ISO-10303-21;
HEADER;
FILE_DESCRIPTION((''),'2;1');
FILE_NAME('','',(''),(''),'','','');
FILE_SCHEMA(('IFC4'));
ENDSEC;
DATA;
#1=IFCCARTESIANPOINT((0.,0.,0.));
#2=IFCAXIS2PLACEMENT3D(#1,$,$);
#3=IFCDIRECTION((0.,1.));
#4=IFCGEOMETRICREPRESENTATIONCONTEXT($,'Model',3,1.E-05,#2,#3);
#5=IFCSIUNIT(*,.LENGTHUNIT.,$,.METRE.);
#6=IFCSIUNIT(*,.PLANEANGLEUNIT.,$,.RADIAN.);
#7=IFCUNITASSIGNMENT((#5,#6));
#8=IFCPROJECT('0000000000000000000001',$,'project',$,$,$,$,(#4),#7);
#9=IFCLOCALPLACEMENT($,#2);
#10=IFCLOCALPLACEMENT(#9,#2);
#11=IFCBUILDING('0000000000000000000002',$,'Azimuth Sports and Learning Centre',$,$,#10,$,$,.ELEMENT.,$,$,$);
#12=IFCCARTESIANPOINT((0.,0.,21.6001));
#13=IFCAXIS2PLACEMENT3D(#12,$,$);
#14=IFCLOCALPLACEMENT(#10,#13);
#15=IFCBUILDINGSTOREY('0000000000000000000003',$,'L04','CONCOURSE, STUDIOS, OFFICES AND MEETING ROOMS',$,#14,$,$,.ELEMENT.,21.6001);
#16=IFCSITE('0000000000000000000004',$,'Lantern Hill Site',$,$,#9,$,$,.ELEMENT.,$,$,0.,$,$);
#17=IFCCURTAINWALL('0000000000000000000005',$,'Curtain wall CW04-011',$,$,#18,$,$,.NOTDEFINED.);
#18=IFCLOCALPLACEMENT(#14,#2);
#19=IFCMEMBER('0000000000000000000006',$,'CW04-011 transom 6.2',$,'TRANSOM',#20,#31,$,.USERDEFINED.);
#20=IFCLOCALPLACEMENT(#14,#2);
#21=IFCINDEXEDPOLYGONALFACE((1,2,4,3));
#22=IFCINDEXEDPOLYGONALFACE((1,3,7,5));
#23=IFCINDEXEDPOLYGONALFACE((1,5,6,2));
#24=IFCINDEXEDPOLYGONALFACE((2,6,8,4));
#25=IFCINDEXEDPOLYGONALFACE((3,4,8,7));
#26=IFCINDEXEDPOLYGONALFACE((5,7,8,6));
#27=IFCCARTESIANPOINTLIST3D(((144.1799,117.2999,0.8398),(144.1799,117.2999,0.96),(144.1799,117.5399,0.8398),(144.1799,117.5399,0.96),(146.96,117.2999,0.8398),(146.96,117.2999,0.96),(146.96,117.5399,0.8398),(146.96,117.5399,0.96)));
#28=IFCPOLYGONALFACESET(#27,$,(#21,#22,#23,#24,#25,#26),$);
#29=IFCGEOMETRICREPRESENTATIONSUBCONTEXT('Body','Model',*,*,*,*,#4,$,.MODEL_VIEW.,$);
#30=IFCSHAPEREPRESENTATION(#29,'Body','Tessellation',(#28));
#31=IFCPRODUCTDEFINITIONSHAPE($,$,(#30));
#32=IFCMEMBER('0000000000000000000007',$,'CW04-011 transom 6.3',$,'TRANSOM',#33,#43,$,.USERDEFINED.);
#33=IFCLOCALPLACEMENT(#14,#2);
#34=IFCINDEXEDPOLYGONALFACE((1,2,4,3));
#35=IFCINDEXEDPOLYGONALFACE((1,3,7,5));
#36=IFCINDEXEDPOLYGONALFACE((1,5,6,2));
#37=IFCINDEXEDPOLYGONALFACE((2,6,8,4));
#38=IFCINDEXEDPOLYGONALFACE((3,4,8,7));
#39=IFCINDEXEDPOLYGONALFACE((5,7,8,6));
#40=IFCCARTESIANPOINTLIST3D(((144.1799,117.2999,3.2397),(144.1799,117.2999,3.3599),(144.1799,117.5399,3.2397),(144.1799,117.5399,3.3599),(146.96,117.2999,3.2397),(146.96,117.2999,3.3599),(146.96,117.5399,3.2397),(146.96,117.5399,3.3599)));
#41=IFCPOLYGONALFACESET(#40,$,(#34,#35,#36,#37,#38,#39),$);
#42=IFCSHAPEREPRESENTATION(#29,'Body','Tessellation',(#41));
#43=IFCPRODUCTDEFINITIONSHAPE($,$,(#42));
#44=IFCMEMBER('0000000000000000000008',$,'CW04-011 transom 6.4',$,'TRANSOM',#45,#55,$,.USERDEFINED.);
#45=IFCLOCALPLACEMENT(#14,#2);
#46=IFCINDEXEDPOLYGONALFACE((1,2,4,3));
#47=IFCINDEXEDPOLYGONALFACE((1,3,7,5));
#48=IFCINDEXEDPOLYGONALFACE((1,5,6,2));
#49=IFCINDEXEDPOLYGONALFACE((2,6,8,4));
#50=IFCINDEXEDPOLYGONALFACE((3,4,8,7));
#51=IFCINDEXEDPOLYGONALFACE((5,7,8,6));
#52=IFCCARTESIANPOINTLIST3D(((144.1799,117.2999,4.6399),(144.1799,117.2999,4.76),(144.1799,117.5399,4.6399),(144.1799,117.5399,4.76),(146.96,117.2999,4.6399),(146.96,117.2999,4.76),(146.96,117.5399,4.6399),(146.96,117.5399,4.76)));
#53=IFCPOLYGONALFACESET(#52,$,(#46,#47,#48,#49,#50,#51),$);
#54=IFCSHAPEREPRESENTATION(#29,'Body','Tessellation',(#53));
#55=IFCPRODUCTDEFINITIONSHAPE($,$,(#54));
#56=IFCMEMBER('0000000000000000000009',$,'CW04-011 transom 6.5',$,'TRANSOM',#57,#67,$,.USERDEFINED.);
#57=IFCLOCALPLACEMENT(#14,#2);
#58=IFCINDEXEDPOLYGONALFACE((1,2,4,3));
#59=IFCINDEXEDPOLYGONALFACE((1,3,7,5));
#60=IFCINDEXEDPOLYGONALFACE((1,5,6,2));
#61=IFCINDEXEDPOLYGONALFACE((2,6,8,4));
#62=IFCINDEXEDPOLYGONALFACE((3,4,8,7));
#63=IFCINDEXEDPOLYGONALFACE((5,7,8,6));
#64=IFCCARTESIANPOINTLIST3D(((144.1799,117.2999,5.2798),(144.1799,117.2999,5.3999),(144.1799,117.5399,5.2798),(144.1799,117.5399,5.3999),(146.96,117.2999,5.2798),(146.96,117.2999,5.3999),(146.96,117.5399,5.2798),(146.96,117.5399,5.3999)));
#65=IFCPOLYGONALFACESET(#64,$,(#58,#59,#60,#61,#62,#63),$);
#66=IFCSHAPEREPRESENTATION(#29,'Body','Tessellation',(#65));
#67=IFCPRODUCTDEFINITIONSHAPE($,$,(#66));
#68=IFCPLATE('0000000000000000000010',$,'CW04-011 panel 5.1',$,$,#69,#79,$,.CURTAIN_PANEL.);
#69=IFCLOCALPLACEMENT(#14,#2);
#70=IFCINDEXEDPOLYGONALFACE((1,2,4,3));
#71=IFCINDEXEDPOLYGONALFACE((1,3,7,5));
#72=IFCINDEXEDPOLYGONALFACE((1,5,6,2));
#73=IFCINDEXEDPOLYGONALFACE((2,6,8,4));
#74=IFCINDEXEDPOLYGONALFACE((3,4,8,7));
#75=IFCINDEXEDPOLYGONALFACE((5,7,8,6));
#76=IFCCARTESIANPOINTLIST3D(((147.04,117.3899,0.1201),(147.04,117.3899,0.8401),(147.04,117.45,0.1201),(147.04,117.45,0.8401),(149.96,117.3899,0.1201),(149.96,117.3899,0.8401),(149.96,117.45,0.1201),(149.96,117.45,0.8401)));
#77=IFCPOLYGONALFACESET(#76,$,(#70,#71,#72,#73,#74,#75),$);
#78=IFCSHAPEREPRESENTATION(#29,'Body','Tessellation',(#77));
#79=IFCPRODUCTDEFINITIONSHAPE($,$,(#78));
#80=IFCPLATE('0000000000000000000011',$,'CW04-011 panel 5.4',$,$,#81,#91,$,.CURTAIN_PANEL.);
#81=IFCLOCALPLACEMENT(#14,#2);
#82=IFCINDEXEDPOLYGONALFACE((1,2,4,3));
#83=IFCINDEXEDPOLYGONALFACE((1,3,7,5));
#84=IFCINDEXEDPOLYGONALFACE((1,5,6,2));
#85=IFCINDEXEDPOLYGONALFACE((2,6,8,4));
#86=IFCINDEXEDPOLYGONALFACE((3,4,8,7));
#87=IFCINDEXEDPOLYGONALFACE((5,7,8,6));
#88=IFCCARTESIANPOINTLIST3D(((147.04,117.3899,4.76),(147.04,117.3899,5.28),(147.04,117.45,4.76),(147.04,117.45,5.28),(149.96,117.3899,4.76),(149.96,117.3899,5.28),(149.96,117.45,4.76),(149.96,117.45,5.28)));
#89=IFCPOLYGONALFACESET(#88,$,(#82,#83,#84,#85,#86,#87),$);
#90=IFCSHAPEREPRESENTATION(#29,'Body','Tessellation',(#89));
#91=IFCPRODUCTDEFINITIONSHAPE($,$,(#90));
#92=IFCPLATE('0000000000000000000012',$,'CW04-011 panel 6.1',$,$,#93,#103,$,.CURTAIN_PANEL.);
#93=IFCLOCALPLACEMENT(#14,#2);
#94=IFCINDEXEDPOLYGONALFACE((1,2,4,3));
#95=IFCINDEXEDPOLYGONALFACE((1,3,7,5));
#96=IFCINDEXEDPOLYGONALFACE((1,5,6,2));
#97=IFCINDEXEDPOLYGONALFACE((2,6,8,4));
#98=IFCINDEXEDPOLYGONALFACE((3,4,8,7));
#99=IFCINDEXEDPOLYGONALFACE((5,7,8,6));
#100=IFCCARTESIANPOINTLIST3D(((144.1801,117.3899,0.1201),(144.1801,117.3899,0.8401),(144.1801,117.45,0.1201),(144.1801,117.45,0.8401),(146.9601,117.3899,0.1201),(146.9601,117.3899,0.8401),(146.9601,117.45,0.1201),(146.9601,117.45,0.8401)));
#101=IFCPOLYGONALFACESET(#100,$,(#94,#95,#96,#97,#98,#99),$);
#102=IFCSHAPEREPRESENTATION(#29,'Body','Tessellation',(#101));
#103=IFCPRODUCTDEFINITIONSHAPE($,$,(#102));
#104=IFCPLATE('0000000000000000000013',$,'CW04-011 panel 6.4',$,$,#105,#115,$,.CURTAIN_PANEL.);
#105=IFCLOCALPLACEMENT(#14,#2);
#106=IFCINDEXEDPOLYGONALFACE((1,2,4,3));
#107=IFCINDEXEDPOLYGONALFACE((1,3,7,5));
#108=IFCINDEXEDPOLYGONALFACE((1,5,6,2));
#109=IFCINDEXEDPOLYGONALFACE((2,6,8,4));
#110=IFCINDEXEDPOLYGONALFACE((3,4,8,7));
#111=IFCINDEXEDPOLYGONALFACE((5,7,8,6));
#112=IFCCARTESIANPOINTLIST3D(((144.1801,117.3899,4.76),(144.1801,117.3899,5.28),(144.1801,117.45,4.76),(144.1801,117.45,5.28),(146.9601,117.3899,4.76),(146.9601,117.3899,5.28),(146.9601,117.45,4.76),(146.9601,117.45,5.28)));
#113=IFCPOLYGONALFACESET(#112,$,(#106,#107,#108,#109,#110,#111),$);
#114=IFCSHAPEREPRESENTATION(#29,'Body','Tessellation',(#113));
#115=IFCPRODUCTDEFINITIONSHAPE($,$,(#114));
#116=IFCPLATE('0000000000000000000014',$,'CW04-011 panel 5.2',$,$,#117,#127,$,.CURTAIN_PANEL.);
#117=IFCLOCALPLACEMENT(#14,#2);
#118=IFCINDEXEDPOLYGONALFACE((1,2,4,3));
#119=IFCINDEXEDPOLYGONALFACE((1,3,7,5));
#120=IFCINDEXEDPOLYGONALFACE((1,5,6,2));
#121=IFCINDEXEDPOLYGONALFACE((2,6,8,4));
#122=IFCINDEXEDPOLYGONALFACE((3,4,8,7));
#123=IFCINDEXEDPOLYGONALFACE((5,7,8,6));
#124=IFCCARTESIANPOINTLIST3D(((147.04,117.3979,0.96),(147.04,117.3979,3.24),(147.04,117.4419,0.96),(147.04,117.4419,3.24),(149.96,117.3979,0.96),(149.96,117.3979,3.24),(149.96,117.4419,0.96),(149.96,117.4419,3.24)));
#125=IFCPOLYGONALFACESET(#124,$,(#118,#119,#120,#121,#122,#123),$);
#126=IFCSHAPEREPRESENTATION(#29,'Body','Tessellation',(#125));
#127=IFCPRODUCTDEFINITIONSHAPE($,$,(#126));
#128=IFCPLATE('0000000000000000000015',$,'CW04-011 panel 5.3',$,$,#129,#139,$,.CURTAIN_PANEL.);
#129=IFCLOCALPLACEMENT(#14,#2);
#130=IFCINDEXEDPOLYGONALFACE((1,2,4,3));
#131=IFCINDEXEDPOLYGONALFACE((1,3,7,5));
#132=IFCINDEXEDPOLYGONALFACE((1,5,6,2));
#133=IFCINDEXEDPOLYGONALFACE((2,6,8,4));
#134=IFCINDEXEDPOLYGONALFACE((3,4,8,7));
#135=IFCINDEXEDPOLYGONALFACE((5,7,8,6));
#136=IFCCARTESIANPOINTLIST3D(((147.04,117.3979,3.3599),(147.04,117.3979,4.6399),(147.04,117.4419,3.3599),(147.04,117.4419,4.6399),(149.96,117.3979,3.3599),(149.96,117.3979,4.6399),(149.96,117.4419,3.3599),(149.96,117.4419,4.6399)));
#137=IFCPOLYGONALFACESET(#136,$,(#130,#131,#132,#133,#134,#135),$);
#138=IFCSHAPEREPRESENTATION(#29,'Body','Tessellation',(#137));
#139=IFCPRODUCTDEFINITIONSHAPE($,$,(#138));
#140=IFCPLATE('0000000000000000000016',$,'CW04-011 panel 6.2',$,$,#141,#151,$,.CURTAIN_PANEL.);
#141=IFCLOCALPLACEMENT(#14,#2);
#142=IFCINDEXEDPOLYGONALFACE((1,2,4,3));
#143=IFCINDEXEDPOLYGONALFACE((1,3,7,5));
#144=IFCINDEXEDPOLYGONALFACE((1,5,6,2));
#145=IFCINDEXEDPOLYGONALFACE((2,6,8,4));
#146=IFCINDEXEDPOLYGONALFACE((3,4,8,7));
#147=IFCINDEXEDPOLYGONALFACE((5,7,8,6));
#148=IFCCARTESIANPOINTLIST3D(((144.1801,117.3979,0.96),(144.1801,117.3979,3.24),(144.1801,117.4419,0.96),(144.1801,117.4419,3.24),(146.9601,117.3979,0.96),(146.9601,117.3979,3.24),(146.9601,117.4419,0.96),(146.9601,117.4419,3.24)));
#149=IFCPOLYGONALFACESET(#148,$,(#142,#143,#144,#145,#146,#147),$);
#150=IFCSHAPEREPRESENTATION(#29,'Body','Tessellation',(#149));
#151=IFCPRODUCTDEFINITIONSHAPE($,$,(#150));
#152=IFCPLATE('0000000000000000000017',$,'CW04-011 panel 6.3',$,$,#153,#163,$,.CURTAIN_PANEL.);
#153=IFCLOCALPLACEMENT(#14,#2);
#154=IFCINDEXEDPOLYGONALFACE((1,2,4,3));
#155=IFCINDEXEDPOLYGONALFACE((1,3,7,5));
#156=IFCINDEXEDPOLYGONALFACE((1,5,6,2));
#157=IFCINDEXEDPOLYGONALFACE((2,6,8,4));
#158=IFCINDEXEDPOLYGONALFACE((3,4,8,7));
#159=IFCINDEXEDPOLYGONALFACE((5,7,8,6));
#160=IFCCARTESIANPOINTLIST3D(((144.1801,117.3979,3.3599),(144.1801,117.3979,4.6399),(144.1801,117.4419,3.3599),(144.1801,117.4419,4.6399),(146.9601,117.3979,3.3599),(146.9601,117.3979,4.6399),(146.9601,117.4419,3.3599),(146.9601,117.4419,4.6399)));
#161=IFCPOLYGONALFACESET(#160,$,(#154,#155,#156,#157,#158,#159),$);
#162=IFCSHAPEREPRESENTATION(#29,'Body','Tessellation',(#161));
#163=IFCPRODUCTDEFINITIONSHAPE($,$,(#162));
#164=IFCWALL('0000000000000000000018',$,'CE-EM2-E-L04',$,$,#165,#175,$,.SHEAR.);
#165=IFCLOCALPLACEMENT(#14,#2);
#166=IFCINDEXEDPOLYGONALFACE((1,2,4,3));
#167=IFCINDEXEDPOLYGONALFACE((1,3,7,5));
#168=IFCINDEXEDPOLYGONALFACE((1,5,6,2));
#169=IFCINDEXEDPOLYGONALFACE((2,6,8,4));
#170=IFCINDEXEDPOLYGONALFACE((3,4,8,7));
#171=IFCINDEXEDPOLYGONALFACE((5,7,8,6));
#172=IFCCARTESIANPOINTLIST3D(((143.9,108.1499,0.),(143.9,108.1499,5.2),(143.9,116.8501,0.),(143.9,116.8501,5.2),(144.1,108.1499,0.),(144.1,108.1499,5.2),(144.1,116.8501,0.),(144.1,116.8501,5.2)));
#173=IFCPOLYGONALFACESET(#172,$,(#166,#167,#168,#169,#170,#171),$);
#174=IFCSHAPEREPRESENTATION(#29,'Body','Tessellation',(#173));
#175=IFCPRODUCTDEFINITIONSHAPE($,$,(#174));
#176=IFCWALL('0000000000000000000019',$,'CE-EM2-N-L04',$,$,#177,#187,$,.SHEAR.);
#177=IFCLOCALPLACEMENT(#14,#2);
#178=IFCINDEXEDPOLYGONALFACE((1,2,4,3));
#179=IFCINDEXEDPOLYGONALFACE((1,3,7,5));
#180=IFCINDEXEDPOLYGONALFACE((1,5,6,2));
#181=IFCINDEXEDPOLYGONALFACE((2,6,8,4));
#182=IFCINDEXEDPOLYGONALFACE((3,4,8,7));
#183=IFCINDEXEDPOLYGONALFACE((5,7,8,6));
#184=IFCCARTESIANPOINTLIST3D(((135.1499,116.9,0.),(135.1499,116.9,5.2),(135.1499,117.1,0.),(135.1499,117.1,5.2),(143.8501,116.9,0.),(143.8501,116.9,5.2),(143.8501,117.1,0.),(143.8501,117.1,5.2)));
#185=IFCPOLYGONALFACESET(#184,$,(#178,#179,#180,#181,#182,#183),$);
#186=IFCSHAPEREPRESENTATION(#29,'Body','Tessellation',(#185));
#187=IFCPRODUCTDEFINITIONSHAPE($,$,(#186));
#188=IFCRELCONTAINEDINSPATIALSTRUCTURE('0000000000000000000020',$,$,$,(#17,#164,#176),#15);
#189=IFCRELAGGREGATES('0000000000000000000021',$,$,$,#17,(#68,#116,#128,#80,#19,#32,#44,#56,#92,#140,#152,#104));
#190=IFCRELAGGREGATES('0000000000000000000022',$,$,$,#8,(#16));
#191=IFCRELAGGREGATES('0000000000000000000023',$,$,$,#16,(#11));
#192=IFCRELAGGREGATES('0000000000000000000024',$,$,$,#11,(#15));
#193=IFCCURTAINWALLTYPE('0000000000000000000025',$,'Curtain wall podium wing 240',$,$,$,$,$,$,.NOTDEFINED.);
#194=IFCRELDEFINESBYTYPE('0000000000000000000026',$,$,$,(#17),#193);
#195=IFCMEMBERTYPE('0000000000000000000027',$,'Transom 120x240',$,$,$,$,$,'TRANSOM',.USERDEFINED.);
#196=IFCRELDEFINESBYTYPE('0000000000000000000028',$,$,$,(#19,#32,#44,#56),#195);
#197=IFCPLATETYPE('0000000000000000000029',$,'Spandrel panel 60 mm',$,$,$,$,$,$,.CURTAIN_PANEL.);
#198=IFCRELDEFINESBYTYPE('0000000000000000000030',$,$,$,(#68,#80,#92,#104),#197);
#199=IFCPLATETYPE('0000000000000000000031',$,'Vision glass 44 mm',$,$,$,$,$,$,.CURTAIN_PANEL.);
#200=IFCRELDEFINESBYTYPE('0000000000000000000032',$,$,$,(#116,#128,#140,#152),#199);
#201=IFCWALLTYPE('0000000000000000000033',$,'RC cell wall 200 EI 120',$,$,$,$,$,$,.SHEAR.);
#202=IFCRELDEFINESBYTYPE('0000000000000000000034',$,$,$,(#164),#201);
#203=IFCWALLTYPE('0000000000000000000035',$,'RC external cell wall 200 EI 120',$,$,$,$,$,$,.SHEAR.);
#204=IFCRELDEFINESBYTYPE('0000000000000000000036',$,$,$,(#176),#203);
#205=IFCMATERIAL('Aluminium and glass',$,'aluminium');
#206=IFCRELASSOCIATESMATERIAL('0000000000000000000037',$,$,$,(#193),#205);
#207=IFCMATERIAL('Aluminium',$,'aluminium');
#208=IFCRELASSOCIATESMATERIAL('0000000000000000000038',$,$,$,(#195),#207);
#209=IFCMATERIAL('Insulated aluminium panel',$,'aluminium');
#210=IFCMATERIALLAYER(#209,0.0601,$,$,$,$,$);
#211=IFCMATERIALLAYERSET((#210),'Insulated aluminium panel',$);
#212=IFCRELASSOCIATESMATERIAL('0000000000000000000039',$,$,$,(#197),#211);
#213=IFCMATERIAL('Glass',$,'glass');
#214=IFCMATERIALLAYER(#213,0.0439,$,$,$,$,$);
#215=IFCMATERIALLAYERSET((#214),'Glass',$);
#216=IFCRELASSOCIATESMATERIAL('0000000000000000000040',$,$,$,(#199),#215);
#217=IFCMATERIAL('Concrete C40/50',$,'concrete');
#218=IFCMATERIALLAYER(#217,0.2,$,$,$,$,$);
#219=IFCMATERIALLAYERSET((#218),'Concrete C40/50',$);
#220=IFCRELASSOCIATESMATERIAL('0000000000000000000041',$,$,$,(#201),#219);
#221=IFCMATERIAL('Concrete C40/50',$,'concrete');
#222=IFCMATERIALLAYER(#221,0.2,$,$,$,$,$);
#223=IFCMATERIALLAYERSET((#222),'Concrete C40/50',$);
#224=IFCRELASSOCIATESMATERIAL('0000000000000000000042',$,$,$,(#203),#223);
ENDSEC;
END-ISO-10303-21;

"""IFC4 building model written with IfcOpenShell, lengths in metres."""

from ifc_helpers import new_model, si_unit, direction, frame, frame_2d, origin, origin_2d, place, context, subcontext, project, spatial, rectangle, extrude, material, layer, layer_set, material_profile, profile_set, type_object, element, aggregate, save


model = new_model("IFC4")

# Units and contexts
model_context = context("Model", 3, precision=1e-05, world=origin(), true_north=direction((0.0, 1.0)))
body_context = subcontext(model_context, "Body", "Model", "MODEL_VIEW")
ifc_project = project(units=[si_unit("LENGTHUNIT", "METRE"), si_unit("PLANEANGLEUNIT", "RADIAN")], contexts=[model_context])

# Site, building, storey
site_placement = place(None, origin())
site = spatial("IfcSite", under=ifc_project, at=site_placement, Name="Lantern Hill Site", CompositionType="ELEMENT", RefElevation=0.0)
building_placement = place(site_placement, origin())
building = spatial("IfcBuilding", under=site, at=building_placement, Name="Azimuth Sports and Learning Centre", CompositionType="ELEMENT")
storey_placement = place(building_placement, frame((0.0, 0.0, 21.6001)))
storey = spatial("IfcBuildingStorey", under=building, at=storey_placement, Name="L04", Description="CONCOURSE, STUDIOS, OFFICES AND MEETING ROOMS", CompositionType="ELEMENT", Elevation=21.6001)

# Curtain wall, members, plates
ifc_material_1 = material(Name="Aluminium and glass", Category="aluminium")
curtain_wall_type = type_object("IfcCurtainWallType", Name="Curtain wall podium wing 240", PredefinedType="NOTDEFINED", material=ifc_material_1)
curtain_wall_placement = place(storey_placement, origin())
curtain_wall = element("IfcCurtainWall", 1, at=curtain_wall_placement, inside=storey, type_object=curtain_wall_type, Name="Curtain wall CW04-011", PredefinedType="NOTDEFINED")
ifc_material_2 = material(Name="Aluminium", Category="aluminium")
ifc_material_profile_1 = material_profile(ifc_material_2, rectangle(XDim=0.24, YDim=0.1201, at=origin_2d()), Name="Transom 120x240")
ifc_profile_set_1 = profile_set([ifc_material_profile_1], Name="Aluminium")
member_type_1 = type_object("IfcMemberType", Name="Transom 120x240", ElementType="TRANSOM", PredefinedType="USERDEFINED", material=ifc_profile_set_1)
member_1_placement = place(storey_placement, frame((146.96, 117.4199, 0.8999), z_axis=(-1.0, 0.0, 0.0), x_axis=(0.0, -1.0, 0.0)))
member_1 = element("IfcMember", 2, at=member_1_placement, type_object=member_type_1, Name="CW04-011 transom 6.2", ObjectType="TRANSOM", PredefinedType="USERDEFINED", context=body_context, shape_type="SweptSolid", body=[
    extrude(rectangle(XDim=0.24, YDim=0.1201, at=origin_2d()), origin(), (0.0, 0.0, 1.0), 2.78),
])
member_2_placement = place(storey_placement, frame((146.96, 117.4199, 3.2998), z_axis=(-1.0, 0.0, 0.0), x_axis=(0.0, -1.0, 0.0)))
member_2 = element("IfcMember", 3, at=member_2_placement, type_object=member_type_1, Name="CW04-011 transom 6.3", ObjectType="TRANSOM", PredefinedType="USERDEFINED", context=body_context, shape_type="SweptSolid", body=[
    extrude(rectangle(XDim=0.24, YDim=0.1201, at=origin_2d()), origin(), (0.0, 0.0, 1.0), 2.78),
])
member_3_placement = place(storey_placement, frame((146.96, 117.4199, 4.7), z_axis=(-1.0, 0.0, 0.0), x_axis=(0.0, -1.0, 0.0)))
member_3 = element("IfcMember", 4, at=member_3_placement, type_object=member_type_1, Name="CW04-011 transom 6.4", ObjectType="TRANSOM", PredefinedType="USERDEFINED", context=body_context, shape_type="SweptSolid", body=[
    extrude(rectangle(XDim=0.24, YDim=0.1201, at=origin_2d()), origin(), (0.0, 0.0, 1.0), 2.78),
])
member_4_placement = place(storey_placement, frame((146.96, 117.4199, 5.3398), z_axis=(-1.0, 0.0, 0.0), x_axis=(0.0, -1.0, 0.0)))
member_4 = element("IfcMember", 5, at=member_4_placement, type_object=member_type_1, Name="CW04-011 transom 6.5", ObjectType="TRANSOM", PredefinedType="USERDEFINED", context=body_context, shape_type="SweptSolid", body=[
    extrude(rectangle(XDim=0.24, YDim=0.1201, at=origin_2d()), origin(), (0.0, 0.0, 1.0), 2.78),
])
ifc_material_3 = material(Name="Insulated aluminium panel", Category="aluminium")
ifc_layer_1 = layer(ifc_material_3, 0.0601)
ifc_layer_set_1 = layer_set([ifc_layer_1], Name="Insulated aluminium panel")
plate_type_1 = type_object("IfcPlateType", Name="Spandrel panel 60 mm", PredefinedType="CURTAIN_PANEL", material=ifc_layer_set_1)
plate_1_placement = place(storey_placement, frame((148.5, 117.4199, 0.1201), z_axis=(0.0, 0.0, 1.0), x_axis=(-1.0, 0.0, 0.0)))
plate_1 = element("IfcPlate", 6, at=plate_1_placement, type_object=plate_type_1, Name="CW04-011 panel 5.1", PredefinedType="CURTAIN_PANEL", context=body_context, shape_type="SweptSolid", body=[
    extrude(rectangle(XDim=2.9199, YDim=0.0601, at=origin_2d()), origin(), (0.0, 0.0, 1.0), 0.72),
])
plate_2_placement = place(storey_placement, frame((148.5, 117.4199, 4.76), z_axis=(0.0, 0.0, 1.0), x_axis=(-1.0, 0.0, 0.0)))
plate_2 = element("IfcPlate", 7, at=plate_2_placement, type_object=plate_type_1, Name="CW04-011 panel 5.4", PredefinedType="CURTAIN_PANEL", context=body_context, shape_type="SweptSolid", body=[
    extrude(rectangle(XDim=2.9199, YDim=0.0601, at=origin_2d()), origin(), (0.0, 0.0, 1.0), 0.52),
])
plate_3_placement = place(storey_placement, frame((145.5701, 117.4199, 0.1201), z_axis=(0.0, 0.0, 1.0), x_axis=(-1.0, 0.0, 0.0)))
plate_3 = element("IfcPlate", 8, at=plate_3_placement, type_object=plate_type_1, Name="CW04-011 panel 6.1", PredefinedType="CURTAIN_PANEL", context=body_context, shape_type="SweptSolid", body=[
    extrude(rectangle(XDim=2.78, YDim=0.0601, at=origin_2d()), origin(), (0.0, 0.0, 1.0), 0.72),
])
plate_4_placement = place(storey_placement, frame((145.5701, 117.4199, 4.76), z_axis=(0.0, 0.0, 1.0), x_axis=(-1.0, 0.0, 0.0)))
plate_4 = element("IfcPlate", 9, at=plate_4_placement, type_object=plate_type_1, Name="CW04-011 panel 6.4", PredefinedType="CURTAIN_PANEL", context=body_context, shape_type="SweptSolid", body=[
    extrude(rectangle(XDim=2.78, YDim=0.0601, at=origin_2d()), origin(), (0.0, 0.0, 1.0), 0.52),
])
ifc_material_4 = material(Name="Glass", Category="glass")
ifc_layer_2 = layer(ifc_material_4, 0.0439)
ifc_layer_set_2 = layer_set([ifc_layer_2], Name="Glass")
plate_type_2 = type_object("IfcPlateType", Name="Vision glass 44 mm", PredefinedType="CURTAIN_PANEL", material=ifc_layer_set_2)
plate_5_placement = place(storey_placement, frame((148.5, 117.4199, 0.96), z_axis=(0.0, 0.0, 1.0), x_axis=(-1.0, 0.0, 0.0)))
plate_5 = element("IfcPlate", 10, at=plate_5_placement, type_object=plate_type_2, Name="CW04-011 panel 5.2", PredefinedType="CURTAIN_PANEL", context=body_context, shape_type="SweptSolid", body=[
    extrude(rectangle(XDim=2.9199, YDim=0.0439, at=origin_2d()), origin(), (0.0, 0.0, 1.0), 2.28),
])
plate_6_placement = place(storey_placement, frame((148.5, 117.4199, 3.3599), z_axis=(0.0, 0.0, 1.0), x_axis=(-1.0, 0.0, 0.0)))
plate_6 = element("IfcPlate", 11, at=plate_6_placement, type_object=plate_type_2, Name="CW04-011 panel 5.3", PredefinedType="CURTAIN_PANEL", context=body_context, shape_type="SweptSolid", body=[
    extrude(rectangle(XDim=2.9199, YDim=0.0439, at=origin_2d()), origin(), (0.0, 0.0, 1.0), 1.28),
])
plate_7_placement = place(storey_placement, frame((145.5701, 117.4199, 0.96), z_axis=(0.0, 0.0, 1.0), x_axis=(-1.0, 0.0, 0.0)))
plate_7 = element("IfcPlate", 12, at=plate_7_placement, type_object=plate_type_2, Name="CW04-011 panel 6.2", PredefinedType="CURTAIN_PANEL", context=body_context, shape_type="SweptSolid", body=[
    extrude(rectangle(XDim=2.78, YDim=0.0439, at=origin_2d()), origin(), (0.0, 0.0, 1.0), 2.28),
])
plate_8_placement = place(storey_placement, frame((145.5701, 117.4199, 3.3599), z_axis=(0.0, 0.0, 1.0), x_axis=(-1.0, 0.0, 0.0)))
plate_8 = element("IfcPlate", 13, at=plate_8_placement, type_object=plate_type_2, Name="CW04-011 panel 6.3", PredefinedType="CURTAIN_PANEL", context=body_context, shape_type="SweptSolid", body=[
    extrude(rectangle(XDim=2.78, YDim=0.0439, at=origin_2d()), origin(), (0.0, 0.0, 1.0), 1.28),
])
aggregate(curtain_wall, [plate_1, plate_5, plate_6, plate_2, member_1, member_2, member_3, member_4, plate_3, plate_7, plate_8, plate_4])

# Walls
ifc_material_5 = material(Name="Concrete C40/50", Category="concrete")
ifc_layer_3 = layer(ifc_material_5, 0.2)
ifc_layer_set_3 = layer_set([ifc_layer_3], Name="Concrete C40/50")
wall_type_1 = type_object("IfcWallType", Name="RC cell wall 200 EI 120", PredefinedType="SHEAR", material=ifc_layer_set_3)
wall_1_placement = place(storey_placement, frame((144.0, 108.1499, 0.0), z_axis=(0.0, 0.0, 1.0), x_axis=(0.0, 1.0, 0.0)))
element("IfcWall", 14, at=wall_1_placement, inside=storey, type_object=wall_type_1, Name="CE-EM2-E-L04", PredefinedType="SHEAR", context=body_context, shape_type="SweptSolid", body=[
    extrude(rectangle(XDim=8.7002, YDim=0.2, at=frame_2d((4.3501, 0.0))), origin(), (0.0, 0.0, 1.0), 5.2),
])
ifc_material_6 = material(Name="Concrete C40/50", Category="concrete")
ifc_layer_4 = layer(ifc_material_6, 0.2)
ifc_layer_set_4 = layer_set([ifc_layer_4], Name="Concrete C40/50")
wall_type_2 = type_object("IfcWallType", Name="RC external cell wall 200 EI 120", PredefinedType="SHEAR", material=ifc_layer_set_4)
wall_2_placement = place(storey_placement, frame((135.1499, 117.0, 0.0), z_axis=(0.0, 0.0, 1.0), x_axis=(1.0, 0.0, 0.0)))
element("IfcWall", 15, at=wall_2_placement, inside=storey, type_object=wall_type_2, Name="CE-EM2-N-L04", PredefinedType="SHEAR", context=body_context, shape_type="SweptSolid", body=[
    extrude(rectangle(XDim=8.7002, YDim=0.2, at=frame_2d((4.3501, 0.0))), origin(), (0.0, 0.0, 1.0), 5.2),
])

save(model, "model.ifc")
